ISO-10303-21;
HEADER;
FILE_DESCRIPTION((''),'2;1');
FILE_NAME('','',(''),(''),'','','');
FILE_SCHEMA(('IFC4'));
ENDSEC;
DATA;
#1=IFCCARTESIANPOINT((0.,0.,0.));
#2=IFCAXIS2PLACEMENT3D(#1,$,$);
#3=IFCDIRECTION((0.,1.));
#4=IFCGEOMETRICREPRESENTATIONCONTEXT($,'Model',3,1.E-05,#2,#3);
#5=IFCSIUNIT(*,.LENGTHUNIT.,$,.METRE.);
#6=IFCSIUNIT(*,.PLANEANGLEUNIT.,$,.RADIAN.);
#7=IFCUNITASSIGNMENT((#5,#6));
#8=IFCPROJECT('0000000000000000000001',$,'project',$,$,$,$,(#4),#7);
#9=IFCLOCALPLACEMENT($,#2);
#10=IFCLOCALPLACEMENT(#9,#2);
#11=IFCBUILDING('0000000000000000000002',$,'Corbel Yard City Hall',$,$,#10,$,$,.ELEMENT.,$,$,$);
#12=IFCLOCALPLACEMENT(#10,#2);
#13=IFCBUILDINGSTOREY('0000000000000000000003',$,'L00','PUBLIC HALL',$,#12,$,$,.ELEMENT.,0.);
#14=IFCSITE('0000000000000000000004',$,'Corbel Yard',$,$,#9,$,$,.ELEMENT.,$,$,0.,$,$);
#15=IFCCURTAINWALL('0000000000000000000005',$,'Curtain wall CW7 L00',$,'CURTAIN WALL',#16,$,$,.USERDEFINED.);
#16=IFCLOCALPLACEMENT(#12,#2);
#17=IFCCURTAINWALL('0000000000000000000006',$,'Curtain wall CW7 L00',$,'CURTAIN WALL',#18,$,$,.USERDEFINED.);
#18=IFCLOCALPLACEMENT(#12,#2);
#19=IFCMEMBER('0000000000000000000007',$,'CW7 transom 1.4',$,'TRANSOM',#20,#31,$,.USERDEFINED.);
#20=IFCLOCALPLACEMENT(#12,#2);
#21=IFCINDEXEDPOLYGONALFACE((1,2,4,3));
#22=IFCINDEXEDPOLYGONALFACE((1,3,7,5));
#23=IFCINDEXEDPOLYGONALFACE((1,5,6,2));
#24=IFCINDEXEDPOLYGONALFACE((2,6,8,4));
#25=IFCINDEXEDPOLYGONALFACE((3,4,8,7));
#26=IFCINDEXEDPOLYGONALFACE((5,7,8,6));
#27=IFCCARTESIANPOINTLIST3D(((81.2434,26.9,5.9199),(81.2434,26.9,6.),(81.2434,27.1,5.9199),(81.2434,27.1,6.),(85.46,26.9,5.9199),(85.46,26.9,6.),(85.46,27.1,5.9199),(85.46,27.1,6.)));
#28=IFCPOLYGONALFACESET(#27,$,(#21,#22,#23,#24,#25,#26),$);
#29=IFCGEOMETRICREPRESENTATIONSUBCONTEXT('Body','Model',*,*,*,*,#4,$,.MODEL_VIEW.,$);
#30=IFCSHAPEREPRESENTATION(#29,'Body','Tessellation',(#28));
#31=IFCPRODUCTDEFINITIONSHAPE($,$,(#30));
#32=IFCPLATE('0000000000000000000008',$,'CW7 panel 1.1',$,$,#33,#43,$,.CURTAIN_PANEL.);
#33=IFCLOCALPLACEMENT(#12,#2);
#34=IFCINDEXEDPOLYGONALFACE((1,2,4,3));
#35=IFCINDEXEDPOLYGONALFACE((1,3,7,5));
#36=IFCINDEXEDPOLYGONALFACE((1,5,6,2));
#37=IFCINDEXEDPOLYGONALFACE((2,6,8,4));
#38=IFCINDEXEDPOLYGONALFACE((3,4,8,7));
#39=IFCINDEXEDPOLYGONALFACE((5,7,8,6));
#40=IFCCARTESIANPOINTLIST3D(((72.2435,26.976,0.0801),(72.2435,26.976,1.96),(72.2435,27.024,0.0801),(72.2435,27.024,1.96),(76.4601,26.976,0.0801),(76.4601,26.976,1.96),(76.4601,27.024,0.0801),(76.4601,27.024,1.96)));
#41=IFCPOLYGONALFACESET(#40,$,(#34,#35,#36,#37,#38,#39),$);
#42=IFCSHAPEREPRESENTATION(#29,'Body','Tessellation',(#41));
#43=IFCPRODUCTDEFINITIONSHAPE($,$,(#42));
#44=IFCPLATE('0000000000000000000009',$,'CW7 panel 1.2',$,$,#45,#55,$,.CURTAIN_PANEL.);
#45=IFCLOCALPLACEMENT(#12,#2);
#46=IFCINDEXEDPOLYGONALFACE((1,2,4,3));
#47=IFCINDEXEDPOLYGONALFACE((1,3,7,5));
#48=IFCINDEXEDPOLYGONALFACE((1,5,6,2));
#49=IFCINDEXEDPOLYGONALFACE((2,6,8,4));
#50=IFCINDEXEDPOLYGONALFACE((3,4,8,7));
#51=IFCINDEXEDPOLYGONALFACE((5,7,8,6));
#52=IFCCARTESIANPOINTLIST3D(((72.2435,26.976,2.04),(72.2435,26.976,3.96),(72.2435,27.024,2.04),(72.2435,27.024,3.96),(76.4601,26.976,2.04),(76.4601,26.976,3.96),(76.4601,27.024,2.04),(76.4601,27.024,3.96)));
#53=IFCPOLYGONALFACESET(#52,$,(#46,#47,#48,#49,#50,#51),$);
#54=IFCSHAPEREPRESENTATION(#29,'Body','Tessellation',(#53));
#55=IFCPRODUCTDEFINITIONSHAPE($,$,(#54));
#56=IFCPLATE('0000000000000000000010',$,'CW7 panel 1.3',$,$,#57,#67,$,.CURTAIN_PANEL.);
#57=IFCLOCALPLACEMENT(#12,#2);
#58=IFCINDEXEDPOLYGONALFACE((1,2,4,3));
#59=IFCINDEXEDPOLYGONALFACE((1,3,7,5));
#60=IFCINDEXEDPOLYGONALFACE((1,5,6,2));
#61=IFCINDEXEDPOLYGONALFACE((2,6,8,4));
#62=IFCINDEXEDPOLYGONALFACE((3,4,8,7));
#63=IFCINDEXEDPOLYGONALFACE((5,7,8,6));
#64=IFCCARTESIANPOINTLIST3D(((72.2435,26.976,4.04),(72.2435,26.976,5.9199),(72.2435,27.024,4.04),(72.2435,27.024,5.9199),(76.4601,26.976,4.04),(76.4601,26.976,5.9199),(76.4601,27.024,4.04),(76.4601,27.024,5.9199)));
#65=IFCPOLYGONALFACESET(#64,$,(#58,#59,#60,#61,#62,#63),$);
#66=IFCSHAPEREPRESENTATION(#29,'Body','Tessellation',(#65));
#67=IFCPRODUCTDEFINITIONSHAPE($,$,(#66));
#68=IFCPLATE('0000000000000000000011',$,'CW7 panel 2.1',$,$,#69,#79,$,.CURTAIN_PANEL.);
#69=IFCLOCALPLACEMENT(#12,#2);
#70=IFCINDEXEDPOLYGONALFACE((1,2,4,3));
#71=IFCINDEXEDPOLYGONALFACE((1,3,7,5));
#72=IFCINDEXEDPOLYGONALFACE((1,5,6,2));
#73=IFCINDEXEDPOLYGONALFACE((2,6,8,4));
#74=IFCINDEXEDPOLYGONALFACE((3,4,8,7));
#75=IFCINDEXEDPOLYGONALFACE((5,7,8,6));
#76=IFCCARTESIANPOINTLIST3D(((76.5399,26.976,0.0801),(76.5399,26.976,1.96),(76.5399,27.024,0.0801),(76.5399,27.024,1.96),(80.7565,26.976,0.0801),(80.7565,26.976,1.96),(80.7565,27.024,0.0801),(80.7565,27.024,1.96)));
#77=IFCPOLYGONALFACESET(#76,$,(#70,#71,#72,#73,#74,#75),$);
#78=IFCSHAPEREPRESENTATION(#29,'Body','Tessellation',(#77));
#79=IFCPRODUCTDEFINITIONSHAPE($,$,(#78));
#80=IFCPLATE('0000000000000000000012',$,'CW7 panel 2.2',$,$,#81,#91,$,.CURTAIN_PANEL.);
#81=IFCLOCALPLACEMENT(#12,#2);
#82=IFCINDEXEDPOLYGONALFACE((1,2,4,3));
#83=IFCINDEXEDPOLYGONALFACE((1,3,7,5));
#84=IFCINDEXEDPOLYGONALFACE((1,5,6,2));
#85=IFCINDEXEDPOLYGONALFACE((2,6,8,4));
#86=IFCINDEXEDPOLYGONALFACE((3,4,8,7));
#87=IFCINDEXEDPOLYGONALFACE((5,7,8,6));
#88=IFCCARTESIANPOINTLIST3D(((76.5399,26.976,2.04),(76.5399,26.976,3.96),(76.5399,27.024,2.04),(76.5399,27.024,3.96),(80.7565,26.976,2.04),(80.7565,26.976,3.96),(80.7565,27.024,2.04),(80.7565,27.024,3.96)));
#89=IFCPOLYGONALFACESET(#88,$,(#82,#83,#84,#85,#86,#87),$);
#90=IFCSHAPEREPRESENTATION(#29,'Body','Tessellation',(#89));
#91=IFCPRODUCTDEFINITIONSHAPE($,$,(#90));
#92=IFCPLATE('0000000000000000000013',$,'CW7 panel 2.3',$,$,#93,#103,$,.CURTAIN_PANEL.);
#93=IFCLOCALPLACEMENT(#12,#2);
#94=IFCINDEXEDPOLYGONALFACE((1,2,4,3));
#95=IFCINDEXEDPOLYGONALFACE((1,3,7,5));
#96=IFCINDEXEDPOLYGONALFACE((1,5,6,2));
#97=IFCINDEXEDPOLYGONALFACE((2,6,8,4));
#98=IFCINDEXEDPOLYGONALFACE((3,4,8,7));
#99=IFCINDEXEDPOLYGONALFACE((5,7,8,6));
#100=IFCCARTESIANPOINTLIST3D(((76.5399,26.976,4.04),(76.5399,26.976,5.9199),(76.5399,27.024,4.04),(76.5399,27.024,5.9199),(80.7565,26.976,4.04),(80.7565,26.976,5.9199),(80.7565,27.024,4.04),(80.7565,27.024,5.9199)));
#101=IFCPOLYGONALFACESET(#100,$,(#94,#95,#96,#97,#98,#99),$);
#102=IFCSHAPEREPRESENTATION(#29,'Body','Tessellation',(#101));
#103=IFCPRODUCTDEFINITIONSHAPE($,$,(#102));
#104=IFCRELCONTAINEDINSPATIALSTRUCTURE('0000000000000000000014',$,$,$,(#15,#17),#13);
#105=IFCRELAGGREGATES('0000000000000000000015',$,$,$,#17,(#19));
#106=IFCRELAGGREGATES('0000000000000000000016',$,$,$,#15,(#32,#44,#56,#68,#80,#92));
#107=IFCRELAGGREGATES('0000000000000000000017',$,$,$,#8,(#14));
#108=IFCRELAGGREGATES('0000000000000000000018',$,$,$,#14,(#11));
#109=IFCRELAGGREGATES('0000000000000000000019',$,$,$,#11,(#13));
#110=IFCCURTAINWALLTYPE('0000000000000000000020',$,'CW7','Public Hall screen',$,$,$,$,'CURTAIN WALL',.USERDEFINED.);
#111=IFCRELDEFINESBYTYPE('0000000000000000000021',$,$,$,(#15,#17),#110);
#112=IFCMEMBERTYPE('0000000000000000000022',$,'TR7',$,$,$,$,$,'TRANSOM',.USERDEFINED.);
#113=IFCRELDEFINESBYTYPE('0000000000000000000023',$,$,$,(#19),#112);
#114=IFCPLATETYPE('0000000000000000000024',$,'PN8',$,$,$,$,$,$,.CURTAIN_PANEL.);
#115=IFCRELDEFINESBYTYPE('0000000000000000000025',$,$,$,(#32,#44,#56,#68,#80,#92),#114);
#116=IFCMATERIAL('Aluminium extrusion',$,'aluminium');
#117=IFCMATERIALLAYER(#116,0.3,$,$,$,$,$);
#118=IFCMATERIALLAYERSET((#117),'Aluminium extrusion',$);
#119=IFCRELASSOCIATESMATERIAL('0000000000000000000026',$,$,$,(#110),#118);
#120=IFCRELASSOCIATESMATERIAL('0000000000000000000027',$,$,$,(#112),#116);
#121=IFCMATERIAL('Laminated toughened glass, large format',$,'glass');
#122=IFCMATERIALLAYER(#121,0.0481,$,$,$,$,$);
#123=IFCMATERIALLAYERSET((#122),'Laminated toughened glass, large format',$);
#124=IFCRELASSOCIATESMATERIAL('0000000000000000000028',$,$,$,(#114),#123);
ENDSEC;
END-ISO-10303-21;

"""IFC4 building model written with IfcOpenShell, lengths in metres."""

from ifc_helpers import new_model, si_unit, direction, frame, origin, origin_2d, place, context, subcontext, project, spatial, rectangle, extrude, material, layer, layer_set, material_profile, profile_set, type_object, element, aggregate, save


model = new_model("IFC4")

# Units and contexts
model_context = context("Model", 3, precision=1e-05, world=origin(), true_north=direction((0.0, 1.0)))
body_context = subcontext(model_context, "Body", "Model", "MODEL_VIEW")
ifc_project = project(units=[si_unit("LENGTHUNIT", "METRE"), si_unit("PLANEANGLEUNIT", "RADIAN")], contexts=[model_context])

# Site, building, storey
site_placement = place(None, origin())
site = spatial("IfcSite", under=ifc_project, at=site_placement, Name="Corbel Yard", CompositionType="ELEMENT", RefElevation=0.0)
building_placement = place(site_placement, origin())
building = spatial("IfcBuilding", under=site, at=building_placement, Name="Corbel Yard City Hall", CompositionType="ELEMENT")
storey_placement = place(building_placement, origin())
storey = spatial("IfcBuildingStorey", under=building, at=storey_placement, Name="L00", Description="PUBLIC HALL", CompositionType="ELEMENT", Elevation=0.0)

# Curtain wall
ifc_material_1 = material(Name="Aluminium extrusion", Category="aluminium")
ifc_layer_1 = layer(ifc_material_1, 0.3)
ifc_layer_set_1 = layer_set([ifc_layer_1], Name="Aluminium extrusion")
curtain_wall_type = type_object("IfcCurtainWallType", Name="CW7", Description="Public Hall screen", ElementType="CURTAIN WALL", PredefinedType="USERDEFINED", material=ifc_layer_set_1)
curtain_wall_1_placement = place(storey_placement, origin())
curtain_wall_1 = element("IfcCurtainWall", 1, at=curtain_wall_1_placement, inside=storey, type_object=curtain_wall_type, Name="Curtain wall CW7 L00", ObjectType="CURTAIN WALL", PredefinedType="USERDEFINED")

# Curtain wall
curtain_wall_2_placement = place(storey_placement, origin())
curtain_wall_2 = element("IfcCurtainWall", 2, at=curtain_wall_2_placement, inside=storey, type_object=curtain_wall_type, Name="Curtain wall CW7 L00", ObjectType="CURTAIN WALL", PredefinedType="USERDEFINED")

# Member
ifc_material_profile_1 = material_profile(ifc_material_1, rectangle(XDim=0.2, YDim=0.0801, at=origin_2d()), Name="200x80")
ifc_profile_set_1 = profile_set([ifc_material_profile_1], Name="Aluminium extrusion")
member_type_1 = type_object("IfcMemberType", Name="TR7", ElementType="TRANSOM", PredefinedType="USERDEFINED", material=ifc_profile_set_1)
member_1_placement = place(storey_placement, frame((81.2434, 27.0, 5.96), z_axis=(1.0, 0.0, 0.0), x_axis=(0.0, 1.0, 0.0)))
member_1 = element("IfcMember", 3, at=member_1_placement, type_object=member_type_1, Name="CW7 transom 1.4", ObjectType="TRANSOM", PredefinedType="USERDEFINED", context=body_context, shape_type="SweptSolid", body=[
    extrude(rectangle(XDim=0.2, YDim=0.0801, at=origin_2d()), origin(), (0.0, 0.0, 1.0), 4.2166),
])
aggregate(curtain_wall_2, [member_1])

# Plates
ifc_material_2 = material(Name="Laminated toughened glass, large format", Category="glass")
ifc_layer_2 = layer(ifc_material_2, 0.0481)
ifc_layer_set_2 = layer_set([ifc_layer_2], Name="Laminated toughened glass, large format")
plate_type = type_object("IfcPlateType", Name="PN8", PredefinedType="CURTAIN_PANEL", material=ifc_layer_set_2)
plate_1_placement = place(storey_placement, frame((74.3518, 27.0, 0.0801), z_axis=(0.0, 0.0, 1.0), x_axis=(1.0, 0.0, 0.0)))
plate_1 = element("IfcPlate", 4, at=plate_1_placement, type_object=plate_type, Name="CW7 panel 1.1", PredefinedType="CURTAIN_PANEL", context=body_context, shape_type="SweptSolid", body=[
    extrude(rectangle(XDim=4.2166, YDim=0.0481, at=origin_2d()), origin(), (0.0, 0.0, 1.0), 1.8799),
])
plate_2_placement = place(storey_placement, frame((74.3518, 27.0, 2.04), z_axis=(0.0, 0.0, 1.0), x_axis=(1.0, 0.0, 0.0)))
plate_2 = element("IfcPlate", 5, at=plate_2_placement, type_object=plate_type, Name="CW7 panel 1.2", PredefinedType="CURTAIN_PANEL", context=body_context, shape_type="SweptSolid", body=[
    extrude(rectangle(XDim=4.2166, YDim=0.0481, at=origin_2d()), origin(), (0.0, 0.0, 1.0), 1.9199),
])
plate_3_placement = place(storey_placement, frame((74.3518, 27.0, 4.04), z_axis=(0.0, 0.0, 1.0), x_axis=(1.0, 0.0, 0.0)))
plate_3 = element("IfcPlate", 6, at=plate_3_placement, type_object=plate_type, Name="CW7 panel 1.3", PredefinedType="CURTAIN_PANEL", context=body_context, shape_type="SweptSolid", body=[
    extrude(rectangle(XDim=4.2166, YDim=0.0481, at=origin_2d()), origin(), (0.0, 0.0, 1.0), 1.8799),
])
plate_4_placement = place(storey_placement, frame((78.6482, 27.0, 0.0801), z_axis=(0.0, 0.0, 1.0), x_axis=(1.0, 0.0, 0.0)))
plate_4 = element("IfcPlate", 7, at=plate_4_placement, type_object=plate_type, Name="CW7 panel 2.1", PredefinedType="CURTAIN_PANEL", context=body_context, shape_type="SweptSolid", body=[
    extrude(rectangle(XDim=4.2166, YDim=0.0481, at=origin_2d()), origin(), (0.0, 0.0, 1.0), 1.8799),
])
plate_5_placement = place(storey_placement, frame((78.6482, 27.0, 2.04), z_axis=(0.0, 0.0, 1.0), x_axis=(1.0, 0.0, 0.0)))
plate_5 = element("IfcPlate", 8, at=plate_5_placement, type_object=plate_type, Name="CW7 panel 2.2", PredefinedType="CURTAIN_PANEL", context=body_context, shape_type="SweptSolid", body=[
    extrude(rectangle(XDim=4.2166, YDim=0.0481, at=origin_2d()), origin(), (0.0, 0.0, 1.0), 1.9199),
])
plate_6_placement = place(storey_placement, frame((78.6482, 27.0, 4.04), z_axis=(0.0, 0.0, 1.0), x_axis=(1.0, 0.0, 0.0)))
plate_6 = element("IfcPlate", 9, at=plate_6_placement, type_object=plate_type, Name="CW7 panel 2.3", PredefinedType="CURTAIN_PANEL", context=body_context, shape_type="SweptSolid", body=[
    extrude(rectangle(XDim=4.2166, YDim=0.0481, at=origin_2d()), origin(), (0.0, 0.0, 1.0), 1.8799),
])
aggregate(curtain_wall_1, [plate_1, plate_2, plate_3, plate_4, plate_5, plate_6])

save(model, "model.ifc")
